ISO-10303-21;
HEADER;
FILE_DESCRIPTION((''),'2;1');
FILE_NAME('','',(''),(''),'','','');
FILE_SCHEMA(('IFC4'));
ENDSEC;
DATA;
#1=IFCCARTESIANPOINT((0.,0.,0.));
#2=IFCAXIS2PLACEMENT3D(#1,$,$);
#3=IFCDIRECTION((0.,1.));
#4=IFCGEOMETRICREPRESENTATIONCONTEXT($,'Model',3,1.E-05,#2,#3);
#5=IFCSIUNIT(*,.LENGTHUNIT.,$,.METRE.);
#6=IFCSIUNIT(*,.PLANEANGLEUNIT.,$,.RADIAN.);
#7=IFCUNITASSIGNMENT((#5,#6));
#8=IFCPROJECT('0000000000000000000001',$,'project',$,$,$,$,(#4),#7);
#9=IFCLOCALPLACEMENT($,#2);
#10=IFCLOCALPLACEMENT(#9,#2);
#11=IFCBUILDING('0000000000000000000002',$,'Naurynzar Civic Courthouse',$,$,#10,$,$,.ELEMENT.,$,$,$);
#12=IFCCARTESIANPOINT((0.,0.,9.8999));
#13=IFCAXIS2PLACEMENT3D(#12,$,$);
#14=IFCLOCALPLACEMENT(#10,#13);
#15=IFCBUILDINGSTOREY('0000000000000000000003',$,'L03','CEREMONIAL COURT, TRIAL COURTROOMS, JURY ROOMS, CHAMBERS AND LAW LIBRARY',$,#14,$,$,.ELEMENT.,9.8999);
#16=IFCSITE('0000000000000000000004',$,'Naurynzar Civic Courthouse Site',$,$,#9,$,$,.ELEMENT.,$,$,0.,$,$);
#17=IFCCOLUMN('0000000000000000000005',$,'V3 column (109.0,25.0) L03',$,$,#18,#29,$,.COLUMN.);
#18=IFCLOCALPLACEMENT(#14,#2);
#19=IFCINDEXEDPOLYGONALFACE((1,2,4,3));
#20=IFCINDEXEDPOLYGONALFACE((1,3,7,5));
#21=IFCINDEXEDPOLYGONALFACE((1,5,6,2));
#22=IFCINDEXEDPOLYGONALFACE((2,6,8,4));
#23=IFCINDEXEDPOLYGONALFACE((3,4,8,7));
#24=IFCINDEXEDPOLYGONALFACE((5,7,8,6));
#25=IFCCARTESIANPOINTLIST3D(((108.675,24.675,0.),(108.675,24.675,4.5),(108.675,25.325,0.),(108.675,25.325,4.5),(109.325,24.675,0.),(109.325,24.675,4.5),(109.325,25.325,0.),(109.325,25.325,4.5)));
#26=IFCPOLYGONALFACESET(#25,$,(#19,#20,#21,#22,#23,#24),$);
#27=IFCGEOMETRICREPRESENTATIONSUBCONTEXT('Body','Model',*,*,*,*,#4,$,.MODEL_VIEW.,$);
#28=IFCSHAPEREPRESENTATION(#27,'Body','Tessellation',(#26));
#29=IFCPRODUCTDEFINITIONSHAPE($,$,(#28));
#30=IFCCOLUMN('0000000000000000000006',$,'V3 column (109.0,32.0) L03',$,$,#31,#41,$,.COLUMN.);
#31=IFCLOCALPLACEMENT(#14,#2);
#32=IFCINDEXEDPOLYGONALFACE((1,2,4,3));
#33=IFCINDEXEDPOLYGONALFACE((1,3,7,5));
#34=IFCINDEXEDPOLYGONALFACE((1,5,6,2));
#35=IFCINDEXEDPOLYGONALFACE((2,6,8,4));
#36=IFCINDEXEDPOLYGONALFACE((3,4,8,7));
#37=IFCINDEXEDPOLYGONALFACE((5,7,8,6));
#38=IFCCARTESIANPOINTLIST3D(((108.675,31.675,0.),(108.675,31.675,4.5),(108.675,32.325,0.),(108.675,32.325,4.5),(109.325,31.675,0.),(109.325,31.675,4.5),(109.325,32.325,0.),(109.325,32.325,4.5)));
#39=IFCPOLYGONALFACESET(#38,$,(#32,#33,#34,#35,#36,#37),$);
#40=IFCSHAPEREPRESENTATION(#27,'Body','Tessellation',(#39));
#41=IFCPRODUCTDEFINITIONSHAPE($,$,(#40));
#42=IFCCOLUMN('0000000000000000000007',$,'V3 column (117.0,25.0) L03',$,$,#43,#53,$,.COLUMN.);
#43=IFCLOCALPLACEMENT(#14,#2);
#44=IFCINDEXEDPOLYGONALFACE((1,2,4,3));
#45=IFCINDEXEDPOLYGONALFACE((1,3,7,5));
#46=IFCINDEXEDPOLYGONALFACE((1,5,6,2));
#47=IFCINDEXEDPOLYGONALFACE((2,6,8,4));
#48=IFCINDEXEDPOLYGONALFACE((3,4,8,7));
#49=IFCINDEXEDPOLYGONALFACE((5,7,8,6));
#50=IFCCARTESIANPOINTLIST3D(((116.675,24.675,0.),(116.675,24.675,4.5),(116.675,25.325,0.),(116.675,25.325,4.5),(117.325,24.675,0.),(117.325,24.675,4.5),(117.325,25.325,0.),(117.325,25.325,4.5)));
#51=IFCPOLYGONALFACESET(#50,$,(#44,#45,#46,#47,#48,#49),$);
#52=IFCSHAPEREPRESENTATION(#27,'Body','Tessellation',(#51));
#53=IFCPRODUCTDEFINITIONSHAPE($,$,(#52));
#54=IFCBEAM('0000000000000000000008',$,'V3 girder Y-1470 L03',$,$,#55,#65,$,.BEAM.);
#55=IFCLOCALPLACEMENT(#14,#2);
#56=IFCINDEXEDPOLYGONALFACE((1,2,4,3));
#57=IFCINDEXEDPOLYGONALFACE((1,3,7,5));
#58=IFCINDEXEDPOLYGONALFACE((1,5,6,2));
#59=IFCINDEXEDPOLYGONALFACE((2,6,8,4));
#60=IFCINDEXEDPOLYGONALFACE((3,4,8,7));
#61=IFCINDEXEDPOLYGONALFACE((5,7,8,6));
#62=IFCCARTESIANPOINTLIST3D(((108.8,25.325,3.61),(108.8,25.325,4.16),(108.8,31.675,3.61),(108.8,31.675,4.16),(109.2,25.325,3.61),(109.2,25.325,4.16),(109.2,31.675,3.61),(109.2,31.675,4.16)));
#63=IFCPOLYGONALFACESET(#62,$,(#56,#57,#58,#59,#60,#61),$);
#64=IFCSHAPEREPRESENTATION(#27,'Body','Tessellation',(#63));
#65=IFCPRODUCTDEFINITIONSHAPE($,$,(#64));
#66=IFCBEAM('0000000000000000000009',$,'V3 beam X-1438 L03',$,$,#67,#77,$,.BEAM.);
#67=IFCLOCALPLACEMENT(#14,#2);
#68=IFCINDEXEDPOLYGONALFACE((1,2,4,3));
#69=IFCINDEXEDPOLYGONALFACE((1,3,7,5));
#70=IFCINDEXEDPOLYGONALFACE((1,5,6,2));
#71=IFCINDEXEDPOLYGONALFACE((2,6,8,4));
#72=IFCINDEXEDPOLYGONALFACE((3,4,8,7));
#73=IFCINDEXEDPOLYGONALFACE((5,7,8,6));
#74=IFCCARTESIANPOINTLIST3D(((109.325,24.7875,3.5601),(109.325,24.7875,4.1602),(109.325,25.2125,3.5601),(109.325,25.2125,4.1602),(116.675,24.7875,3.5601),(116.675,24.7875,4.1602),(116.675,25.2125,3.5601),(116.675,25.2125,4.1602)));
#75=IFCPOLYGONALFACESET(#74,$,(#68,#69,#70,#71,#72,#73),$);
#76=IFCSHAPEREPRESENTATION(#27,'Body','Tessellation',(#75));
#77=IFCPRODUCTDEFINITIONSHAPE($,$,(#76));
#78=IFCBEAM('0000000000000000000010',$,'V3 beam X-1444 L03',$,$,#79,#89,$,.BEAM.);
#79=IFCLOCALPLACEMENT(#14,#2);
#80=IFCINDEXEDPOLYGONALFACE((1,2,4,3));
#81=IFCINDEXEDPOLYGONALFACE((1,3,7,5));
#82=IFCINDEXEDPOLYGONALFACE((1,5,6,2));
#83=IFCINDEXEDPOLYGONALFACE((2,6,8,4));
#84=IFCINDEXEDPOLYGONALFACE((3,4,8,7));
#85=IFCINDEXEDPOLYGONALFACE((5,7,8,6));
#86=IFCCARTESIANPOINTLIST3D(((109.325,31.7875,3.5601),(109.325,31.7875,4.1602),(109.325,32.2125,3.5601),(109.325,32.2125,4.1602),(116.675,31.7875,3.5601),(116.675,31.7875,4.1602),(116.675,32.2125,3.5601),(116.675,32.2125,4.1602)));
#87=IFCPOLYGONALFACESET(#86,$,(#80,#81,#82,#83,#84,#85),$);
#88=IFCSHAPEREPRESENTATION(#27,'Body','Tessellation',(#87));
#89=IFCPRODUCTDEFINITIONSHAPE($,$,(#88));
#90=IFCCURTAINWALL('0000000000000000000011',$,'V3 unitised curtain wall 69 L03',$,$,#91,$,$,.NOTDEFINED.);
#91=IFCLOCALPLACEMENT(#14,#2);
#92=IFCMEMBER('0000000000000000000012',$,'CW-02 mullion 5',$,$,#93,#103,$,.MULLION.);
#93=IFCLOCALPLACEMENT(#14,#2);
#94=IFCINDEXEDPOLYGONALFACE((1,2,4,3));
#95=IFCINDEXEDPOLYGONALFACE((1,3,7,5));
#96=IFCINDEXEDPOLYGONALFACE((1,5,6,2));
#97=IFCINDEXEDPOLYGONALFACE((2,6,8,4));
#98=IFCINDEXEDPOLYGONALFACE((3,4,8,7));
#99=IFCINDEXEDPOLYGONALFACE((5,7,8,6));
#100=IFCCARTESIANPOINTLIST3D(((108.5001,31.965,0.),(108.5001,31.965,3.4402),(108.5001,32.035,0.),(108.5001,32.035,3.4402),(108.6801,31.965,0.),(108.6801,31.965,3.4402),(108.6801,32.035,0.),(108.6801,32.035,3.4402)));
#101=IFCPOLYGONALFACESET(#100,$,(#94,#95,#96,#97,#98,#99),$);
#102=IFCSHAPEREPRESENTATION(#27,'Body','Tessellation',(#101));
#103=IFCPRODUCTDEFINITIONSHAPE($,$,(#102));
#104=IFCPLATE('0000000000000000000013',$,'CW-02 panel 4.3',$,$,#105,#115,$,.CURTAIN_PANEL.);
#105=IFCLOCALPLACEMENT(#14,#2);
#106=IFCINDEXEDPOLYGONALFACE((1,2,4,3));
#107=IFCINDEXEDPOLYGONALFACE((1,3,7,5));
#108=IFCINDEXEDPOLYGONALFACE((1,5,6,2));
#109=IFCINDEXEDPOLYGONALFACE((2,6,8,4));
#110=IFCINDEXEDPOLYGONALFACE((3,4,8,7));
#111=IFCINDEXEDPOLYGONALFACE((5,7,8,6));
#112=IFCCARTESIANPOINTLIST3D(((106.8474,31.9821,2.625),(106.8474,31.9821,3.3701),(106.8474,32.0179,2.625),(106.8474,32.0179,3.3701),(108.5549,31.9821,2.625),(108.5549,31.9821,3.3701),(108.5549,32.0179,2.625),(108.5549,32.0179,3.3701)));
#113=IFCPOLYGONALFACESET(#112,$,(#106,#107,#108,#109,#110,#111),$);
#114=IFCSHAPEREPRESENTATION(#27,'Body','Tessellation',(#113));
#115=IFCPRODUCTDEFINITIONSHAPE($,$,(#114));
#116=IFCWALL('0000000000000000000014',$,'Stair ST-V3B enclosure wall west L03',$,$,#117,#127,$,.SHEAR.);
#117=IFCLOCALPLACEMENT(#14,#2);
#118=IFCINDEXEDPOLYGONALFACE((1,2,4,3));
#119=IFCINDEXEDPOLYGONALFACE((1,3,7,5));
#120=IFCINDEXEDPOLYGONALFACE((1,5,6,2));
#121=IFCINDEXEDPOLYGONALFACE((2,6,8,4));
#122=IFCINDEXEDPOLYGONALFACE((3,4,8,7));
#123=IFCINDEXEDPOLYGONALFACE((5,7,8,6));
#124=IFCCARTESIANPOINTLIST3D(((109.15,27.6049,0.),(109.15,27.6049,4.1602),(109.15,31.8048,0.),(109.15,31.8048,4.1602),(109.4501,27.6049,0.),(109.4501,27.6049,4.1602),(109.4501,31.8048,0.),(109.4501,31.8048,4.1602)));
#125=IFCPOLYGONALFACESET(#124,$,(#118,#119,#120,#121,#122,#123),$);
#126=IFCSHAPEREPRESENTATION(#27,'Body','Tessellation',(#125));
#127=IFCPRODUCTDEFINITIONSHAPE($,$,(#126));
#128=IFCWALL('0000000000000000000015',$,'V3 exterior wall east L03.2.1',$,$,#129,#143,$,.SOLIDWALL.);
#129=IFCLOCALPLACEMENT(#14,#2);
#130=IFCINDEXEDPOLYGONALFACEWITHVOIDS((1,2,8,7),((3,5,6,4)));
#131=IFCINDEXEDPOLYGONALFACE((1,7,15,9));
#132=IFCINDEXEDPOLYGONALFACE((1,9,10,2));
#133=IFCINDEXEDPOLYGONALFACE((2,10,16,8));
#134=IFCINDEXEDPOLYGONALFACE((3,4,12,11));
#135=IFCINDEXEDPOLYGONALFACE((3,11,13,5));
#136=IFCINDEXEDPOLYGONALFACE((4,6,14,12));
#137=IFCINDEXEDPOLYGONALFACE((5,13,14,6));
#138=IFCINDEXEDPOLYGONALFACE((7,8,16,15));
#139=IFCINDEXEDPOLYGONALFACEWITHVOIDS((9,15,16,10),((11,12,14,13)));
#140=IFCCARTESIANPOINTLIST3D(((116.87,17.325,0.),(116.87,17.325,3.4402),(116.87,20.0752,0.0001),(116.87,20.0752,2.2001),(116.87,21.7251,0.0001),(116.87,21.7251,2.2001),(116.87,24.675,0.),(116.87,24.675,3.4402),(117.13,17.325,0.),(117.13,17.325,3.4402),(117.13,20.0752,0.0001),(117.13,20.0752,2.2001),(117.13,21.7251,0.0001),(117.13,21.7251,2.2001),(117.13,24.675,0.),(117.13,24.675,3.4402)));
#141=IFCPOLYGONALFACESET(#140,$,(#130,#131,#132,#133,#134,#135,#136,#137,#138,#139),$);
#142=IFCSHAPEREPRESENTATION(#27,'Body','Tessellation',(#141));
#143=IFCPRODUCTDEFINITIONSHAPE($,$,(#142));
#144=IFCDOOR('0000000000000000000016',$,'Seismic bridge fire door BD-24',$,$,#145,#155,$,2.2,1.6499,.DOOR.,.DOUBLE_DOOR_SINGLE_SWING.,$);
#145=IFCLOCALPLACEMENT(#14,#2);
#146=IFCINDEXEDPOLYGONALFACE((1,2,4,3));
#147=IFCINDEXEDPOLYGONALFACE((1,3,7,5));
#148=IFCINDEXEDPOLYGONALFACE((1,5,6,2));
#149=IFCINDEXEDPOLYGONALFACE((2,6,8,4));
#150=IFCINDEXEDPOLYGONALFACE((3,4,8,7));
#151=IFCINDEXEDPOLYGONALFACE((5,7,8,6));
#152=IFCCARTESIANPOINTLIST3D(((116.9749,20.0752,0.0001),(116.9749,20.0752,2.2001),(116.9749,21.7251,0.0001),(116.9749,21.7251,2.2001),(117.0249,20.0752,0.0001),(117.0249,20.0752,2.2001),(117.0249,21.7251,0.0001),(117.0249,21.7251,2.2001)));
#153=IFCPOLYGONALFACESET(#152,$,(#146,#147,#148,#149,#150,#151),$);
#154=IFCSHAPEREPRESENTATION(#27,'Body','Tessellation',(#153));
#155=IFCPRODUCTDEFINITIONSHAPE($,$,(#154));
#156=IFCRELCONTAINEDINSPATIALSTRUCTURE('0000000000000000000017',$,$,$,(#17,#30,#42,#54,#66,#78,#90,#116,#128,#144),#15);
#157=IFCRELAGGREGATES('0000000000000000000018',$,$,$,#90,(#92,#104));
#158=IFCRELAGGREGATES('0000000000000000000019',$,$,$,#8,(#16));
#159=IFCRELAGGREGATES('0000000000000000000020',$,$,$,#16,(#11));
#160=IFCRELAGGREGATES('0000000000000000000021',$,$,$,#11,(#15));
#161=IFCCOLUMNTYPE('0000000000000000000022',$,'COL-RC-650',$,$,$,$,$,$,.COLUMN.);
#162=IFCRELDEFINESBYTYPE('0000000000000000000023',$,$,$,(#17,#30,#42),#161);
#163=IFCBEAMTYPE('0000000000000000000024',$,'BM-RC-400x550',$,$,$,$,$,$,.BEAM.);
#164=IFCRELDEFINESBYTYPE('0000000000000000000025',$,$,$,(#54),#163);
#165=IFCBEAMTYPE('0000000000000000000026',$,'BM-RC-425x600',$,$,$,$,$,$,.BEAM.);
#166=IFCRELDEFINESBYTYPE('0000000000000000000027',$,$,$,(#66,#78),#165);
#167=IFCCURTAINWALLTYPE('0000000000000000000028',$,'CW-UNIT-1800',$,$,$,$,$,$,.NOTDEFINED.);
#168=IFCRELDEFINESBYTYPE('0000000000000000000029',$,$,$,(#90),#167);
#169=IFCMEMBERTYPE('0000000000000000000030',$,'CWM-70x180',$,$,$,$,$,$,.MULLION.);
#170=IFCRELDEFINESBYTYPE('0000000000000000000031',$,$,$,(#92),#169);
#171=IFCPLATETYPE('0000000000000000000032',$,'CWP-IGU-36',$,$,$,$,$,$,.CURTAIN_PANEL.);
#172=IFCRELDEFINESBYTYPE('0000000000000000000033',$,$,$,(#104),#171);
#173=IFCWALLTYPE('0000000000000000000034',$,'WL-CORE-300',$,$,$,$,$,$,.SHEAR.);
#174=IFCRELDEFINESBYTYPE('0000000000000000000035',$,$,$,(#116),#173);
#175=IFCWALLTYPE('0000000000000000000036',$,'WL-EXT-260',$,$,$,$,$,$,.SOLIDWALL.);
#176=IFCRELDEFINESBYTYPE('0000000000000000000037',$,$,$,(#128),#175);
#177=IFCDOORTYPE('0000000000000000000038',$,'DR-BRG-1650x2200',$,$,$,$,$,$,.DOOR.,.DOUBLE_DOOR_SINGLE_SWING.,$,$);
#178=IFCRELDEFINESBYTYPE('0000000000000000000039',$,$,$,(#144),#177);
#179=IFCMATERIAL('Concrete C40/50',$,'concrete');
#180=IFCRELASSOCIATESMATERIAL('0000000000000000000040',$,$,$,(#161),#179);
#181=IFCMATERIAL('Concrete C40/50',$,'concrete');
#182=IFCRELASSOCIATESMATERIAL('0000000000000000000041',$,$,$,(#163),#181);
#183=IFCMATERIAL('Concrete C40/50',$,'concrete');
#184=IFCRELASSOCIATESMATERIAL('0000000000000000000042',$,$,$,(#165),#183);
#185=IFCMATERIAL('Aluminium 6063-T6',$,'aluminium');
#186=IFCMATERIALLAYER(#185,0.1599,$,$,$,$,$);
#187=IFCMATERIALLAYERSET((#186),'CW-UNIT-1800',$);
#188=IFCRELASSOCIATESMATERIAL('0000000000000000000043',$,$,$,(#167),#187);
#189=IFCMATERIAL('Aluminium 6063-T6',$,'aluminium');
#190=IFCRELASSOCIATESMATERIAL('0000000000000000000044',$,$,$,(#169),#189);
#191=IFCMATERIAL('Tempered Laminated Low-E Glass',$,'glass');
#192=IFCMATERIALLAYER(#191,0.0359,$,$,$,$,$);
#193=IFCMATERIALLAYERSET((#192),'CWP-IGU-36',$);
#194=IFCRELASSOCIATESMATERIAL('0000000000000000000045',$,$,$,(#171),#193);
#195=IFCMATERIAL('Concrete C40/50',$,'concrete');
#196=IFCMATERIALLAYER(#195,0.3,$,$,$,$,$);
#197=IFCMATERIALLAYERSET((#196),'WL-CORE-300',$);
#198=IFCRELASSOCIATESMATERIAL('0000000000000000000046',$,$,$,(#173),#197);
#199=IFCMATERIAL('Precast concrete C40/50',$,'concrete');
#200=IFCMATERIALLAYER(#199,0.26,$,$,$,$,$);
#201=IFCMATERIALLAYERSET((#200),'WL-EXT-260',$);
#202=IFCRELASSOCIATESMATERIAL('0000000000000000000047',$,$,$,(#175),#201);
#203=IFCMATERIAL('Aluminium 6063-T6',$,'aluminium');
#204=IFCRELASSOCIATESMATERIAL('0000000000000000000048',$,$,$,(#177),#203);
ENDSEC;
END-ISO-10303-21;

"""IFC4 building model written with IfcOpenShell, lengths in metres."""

from ifc_helpers import new_model, si_unit, direction, frame, frame_2d, origin, origin_2d, place, context, subcontext, project, spatial, rectangle, extrude, material, layer, layer_set, material_profile, profile_set, type_object, element, fill, aggregate, save


model = new_model("IFC4")

# Units and contexts
model_context = context("Model", 3, precision=1e-05, world=origin(), true_north=direction((0.0, 1.0)))
body_context = subcontext(model_context, "Body", "Model", "MODEL_VIEW")
ifc_project = project(units=[si_unit("LENGTHUNIT", "METRE"), si_unit("PLANEANGLEUNIT", "RADIAN")], contexts=[model_context])

# Site, building, storey
site_placement = place(None, origin())
site = spatial("IfcSite", under=ifc_project, at=site_placement, Name="Naurynzar Civic Courthouse Site", CompositionType="ELEMENT", RefElevation=0.0)
building_placement = place(site_placement, origin())
building = spatial("IfcBuilding", under=site, at=building_placement, Name="Naurynzar Civic Courthouse", CompositionType="ELEMENT")
storey_placement = place(building_placement, frame((0.0, 0.0, 9.8999)))
storey = spatial("IfcBuildingStorey", under=building, at=storey_placement, Name="L03", Description="CEREMONIAL COURT, TRIAL COURTROOMS, JURY ROOMS, CHAMBERS AND LAW LIBRARY", CompositionType="ELEMENT", Elevation=9.8999)

# Columns
ifc_material_1 = material(Name="Concrete C40/50", Category="concrete")
ifc_material_profile_1 = material_profile(ifc_material_1, rectangle(XDim=0.6499, YDim=0.6499, at=origin_2d()), Name="RC 650x650")
ifc_profile_set_1 = profile_set([ifc_material_profile_1], Name="Concrete C40/50")
column_type = type_object("IfcColumnType", Name="COL-RC-650", PredefinedType="COLUMN", material=ifc_profile_set_1)
for number, where, z_axis, x_axis, name in (
    (1, (109.0, 25.0, 0.0), (0.0, 0.0, 1.0), (1.0, 0.0, 0.0), "V3 column (109.0,25.0) L03"),
    (2, (109.0, 32.0, 0.0), (0.0, 0.0, 1.0), (1.0, 0.0, 0.0), "V3 column (109.0,32.0) L03"),
    (3, (117.0, 25.0, 0.0), (0.0, 0.0, 1.0), (1.0, 0.0, 0.0), "V3 column (117.0,25.0) L03"),
):
    element("IfcColumn", number, at=place(storey_placement, frame(where, z_axis=z_axis, x_axis=x_axis)), inside=storey, type_object=column_type, Name=name, PredefinedType="COLUMN", context=body_context, shape_type="SweptSolid", body=[
        extrude(rectangle(XDim=0.6499, YDim=0.6499, at=origin_2d()), origin(), (0.0, 0.0, 1.0), 4.5),
    ])

# Beams
ifc_material_2 = material(Name="Concrete C40/50", Category="concrete")
ifc_material_profile_2 = material_profile(ifc_material_2, rectangle(XDim=0.3999, YDim=0.55, at=origin_2d()), Name="RCB 400x550")
ifc_profile_set_2 = profile_set([ifc_material_profile_2], Name="Concrete C40/50")
beam_type_1 = type_object("IfcBeamType", Name="BM-RC-400x550", PredefinedType="BEAM", material=ifc_profile_set_2)
beam_placement = place(storey_placement, frame((109.0, 25.325, 3.885), z_axis=(0.0, 1.0, 0.0), x_axis=(-1.0, 0.0, 0.0)))
element("IfcBeam", 4, at=beam_placement, inside=storey, type_object=beam_type_1, Name="V3 girder Y-1470 L03", PredefinedType="BEAM", context=body_context, shape_type="SweptSolid", body=[
    extrude(rectangle(XDim=0.3999, YDim=0.55, at=origin_2d()), origin(), (0.0, 0.0, 1.0), 6.3501),
])
ifc_material_3 = material(Name="Concrete C40/50", Category="concrete")
ifc_material_profile_3 = material_profile(ifc_material_3, rectangle(XDim=0.425, YDim=0.6001, at=origin_2d()), Name="RCB 425x600")
ifc_profile_set_3 = profile_set([ifc_material_profile_3], Name="Concrete C40/50")
beam_type_2 = type_object("IfcBeamType", Name="BM-RC-425x600", PredefinedType="BEAM", material=ifc_profile_set_3)
for number, where, z_axis, x_axis, name in (
    (5, (109.325, 25.0, 3.8601), (1.0, 0.0, 0.0), (0.0, 1.0, 0.0), "V3 beam X-1438 L03"),
    (6, (109.325, 32.0, 3.8601), (1.0, 0.0, 0.0), (0.0, 1.0, 0.0), "V3 beam X-1444 L03"),
):
    element("IfcBeam", number, at=place(storey_placement, frame(where, z_axis=z_axis, x_axis=x_axis)), inside=storey, type_object=beam_type_2, Name=name, PredefinedType="BEAM", context=body_context, shape_type="SweptSolid", body=[
        extrude(rectangle(XDim=0.425, YDim=0.6001, at=origin_2d()), origin(), (0.0, 0.0, 1.0), 7.3501),
    ])

# Curtain wall, member, plate
ifc_material_4 = material(Name="Aluminium 6063-T6", Category="aluminium")
ifc_layer_1 = layer(ifc_material_4, 0.1599)
ifc_layer_set_1 = layer_set([ifc_layer_1], Name="CW-UNIT-1800")
curtain_wall_type = type_object("IfcCurtainWallType", Name="CW-UNIT-1800", PredefinedType="NOTDEFINED", material=ifc_layer_set_1)
curtain_wall_placement = place(storey_placement, origin())
curtain_wall = element("IfcCurtainWall", 7, at=curtain_wall_placement, inside=storey, type_object=curtain_wall_type, Name="V3 unitised curtain wall 69 L03", PredefinedType="NOTDEFINED")
ifc_material_5 = material(Name="Aluminium 6063-T6", Category="aluminium")
ifc_material_profile_4 = material_profile(ifc_material_5, rectangle(XDim=0.0701, YDim=0.1799, at=origin_2d()), Name="ALU MULLION 70x180")
ifc_profile_set_4 = profile_set([ifc_material_profile_4], Name="Aluminium 6063-T6")
member_type = type_object("IfcMemberType", Name="CWM-70x180", PredefinedType="MULLION", material=ifc_profile_set_4)
member_placement = place(storey_placement, frame((108.5901, 32.0, 0.0), z_axis=(0.0, 0.0, 1.0), x_axis=(0.0, 1.0, 0.0)))
member = element("IfcMember", 8, at=member_placement, type_object=member_type, Name="CW-02 mullion 5", PredefinedType="MULLION", context=body_context, shape_type="SweptSolid", body=[
    extrude(rectangle(XDim=0.0701, YDim=0.1799, at=origin_2d()), origin(), (0.0, 0.0, 1.0), 3.4402),
])
ifc_material_6 = material(Name="Tempered Laminated Low-E Glass", Category="glass")
ifc_layer_2 = layer(ifc_material_6, 0.0359)
ifc_layer_set_2 = layer_set([ifc_layer_2], Name="CWP-IGU-36")
plate_type = type_object("IfcPlateType", Name="CWP-IGU-36", PredefinedType="CURTAIN_PANEL", material=ifc_layer_set_2)
plate_placement = place(storey_placement, frame((107.7012, 32.0, 2.625), z_axis=(0.0, 0.0, 1.0), x_axis=(1.0, 0.0, 0.0)))
plate = element("IfcPlate", 9, at=plate_placement, type_object=plate_type, Name="CW-02 panel 4.3", PredefinedType="CURTAIN_PANEL", context=body_context, shape_type="SweptSolid", body=[
    extrude(rectangle(XDim=1.7075, YDim=0.0359, at=origin_2d()), origin(), (0.0, 0.0, 1.0), 0.7451),
])
aggregate(curtain_wall, [member, plate])

# Shared definitions
ifc_material_7 = material(Name="Concrete C40/50", Category="concrete")
ifc_layer_3 = layer(ifc_material_7, 0.3)
ifc_layer_set_3 = layer_set([ifc_layer_3], Name="WL-CORE-300")
wall_type_1 = type_object("IfcWallType", Name="WL-CORE-300", PredefinedType="SHEAR", material=ifc_layer_set_3)

# Wall
wall_1_placement = place(storey_placement, frame((109.3, 31.8049, 0.0), z_axis=(0.0, 0.0, 1.0), x_axis=(0.0, -1.0, 0.0)))
element("IfcWall", 10, at=wall_1_placement, inside=storey, type_object=wall_type_1, Name="Stair ST-V3B enclosure wall west L03", PredefinedType="SHEAR", context=body_context, shape_type="SweptSolid", body=[
    extrude(rectangle(XDim=4.2, YDim=0.3, at=frame_2d((2.1001, 0.0))), origin(), (0.0, 0.0, 1.0), 4.1602),
])

# Wall, opening, door
ifc_material_8 = material(Name="Precast concrete C40/50", Category="concrete")
ifc_layer_4 = layer(ifc_material_8, 0.26)
ifc_layer_set_4 = layer_set([ifc_layer_4], Name="WL-EXT-260")
wall_type_2 = type_object("IfcWallType", Name="WL-EXT-260", PredefinedType="SOLIDWALL", material=ifc_layer_set_4)
wall_2_placement = place(storey_placement, frame((117.0, 24.675, 0.0), z_axis=(0.0, 0.0, 1.0), x_axis=(0.0, -1.0, 0.0)))
wall_2 = element("IfcWall", 11, at=wall_2_placement, inside=storey, type_object=wall_type_2, Name="V3 exterior wall east L03.2.1", PredefinedType="SOLIDWALL", context=body_context, shape_type="SweptSolid", body=[
    extrude(rectangle(XDim=7.3501, YDim=0.26, at=frame_2d((3.675, 0.0))), origin(), (0.0, 0.0, 1.0), 3.4402),
])
opening_1_placement = place(wall_2_placement, frame((2.95, 0.0, 0.0)))
opening_1 = element("IfcOpeningElement", 12, at=opening_1_placement, cuts=wall_2, PredefinedType="OPENING", context=body_context, shape_type="SweptSolid", body=[
    extrude(rectangle(XDim=1.6499, YDim=2.2, at=frame_2d((0.825, 1.1001))), frame((0.0, 0.1399, 0.0), z_axis=(0.0, -1.0, 0.0), x_axis=(1.0, 0.0, 0.0)), (0.0, 0.0, 1.0), 0.28),
])
ifc_material_9 = material(Name="Aluminium 6063-T6", Category="aluminium")
door_type_1 = type_object("IfcDoorType", Name="DR-BRG-1650x2200", OperationType="DOUBLE_DOOR_SINGLE_SWING", PredefinedType="DOOR", material=ifc_material_9)
door_1_placement = place(opening_1_placement, origin())
door_1 = element("IfcDoor", 13, at=door_1_placement, inside=storey, type_object=door_type_1, Name="Seismic bridge fire door BD-24", OperationType="DOUBLE_DOOR_SINGLE_SWING", OverallHeight=2.2, OverallWidth=1.6499, PredefinedType="DOOR", context=body_context, shape_type="SweptSolid", body=[
    extrude(rectangle(XDim=1.6499, YDim=2.2, at=frame_2d((0.825, 1.1001))), frame((0.0, 0.0249, 0.0), z_axis=(0.0, -1.0, 0.0), x_axis=(1.0, 0.0, 0.0)), (0.0, 0.0, 1.0), 0.05),
])
fill(opening_1, door_1)

save(model, "model.ifc")
